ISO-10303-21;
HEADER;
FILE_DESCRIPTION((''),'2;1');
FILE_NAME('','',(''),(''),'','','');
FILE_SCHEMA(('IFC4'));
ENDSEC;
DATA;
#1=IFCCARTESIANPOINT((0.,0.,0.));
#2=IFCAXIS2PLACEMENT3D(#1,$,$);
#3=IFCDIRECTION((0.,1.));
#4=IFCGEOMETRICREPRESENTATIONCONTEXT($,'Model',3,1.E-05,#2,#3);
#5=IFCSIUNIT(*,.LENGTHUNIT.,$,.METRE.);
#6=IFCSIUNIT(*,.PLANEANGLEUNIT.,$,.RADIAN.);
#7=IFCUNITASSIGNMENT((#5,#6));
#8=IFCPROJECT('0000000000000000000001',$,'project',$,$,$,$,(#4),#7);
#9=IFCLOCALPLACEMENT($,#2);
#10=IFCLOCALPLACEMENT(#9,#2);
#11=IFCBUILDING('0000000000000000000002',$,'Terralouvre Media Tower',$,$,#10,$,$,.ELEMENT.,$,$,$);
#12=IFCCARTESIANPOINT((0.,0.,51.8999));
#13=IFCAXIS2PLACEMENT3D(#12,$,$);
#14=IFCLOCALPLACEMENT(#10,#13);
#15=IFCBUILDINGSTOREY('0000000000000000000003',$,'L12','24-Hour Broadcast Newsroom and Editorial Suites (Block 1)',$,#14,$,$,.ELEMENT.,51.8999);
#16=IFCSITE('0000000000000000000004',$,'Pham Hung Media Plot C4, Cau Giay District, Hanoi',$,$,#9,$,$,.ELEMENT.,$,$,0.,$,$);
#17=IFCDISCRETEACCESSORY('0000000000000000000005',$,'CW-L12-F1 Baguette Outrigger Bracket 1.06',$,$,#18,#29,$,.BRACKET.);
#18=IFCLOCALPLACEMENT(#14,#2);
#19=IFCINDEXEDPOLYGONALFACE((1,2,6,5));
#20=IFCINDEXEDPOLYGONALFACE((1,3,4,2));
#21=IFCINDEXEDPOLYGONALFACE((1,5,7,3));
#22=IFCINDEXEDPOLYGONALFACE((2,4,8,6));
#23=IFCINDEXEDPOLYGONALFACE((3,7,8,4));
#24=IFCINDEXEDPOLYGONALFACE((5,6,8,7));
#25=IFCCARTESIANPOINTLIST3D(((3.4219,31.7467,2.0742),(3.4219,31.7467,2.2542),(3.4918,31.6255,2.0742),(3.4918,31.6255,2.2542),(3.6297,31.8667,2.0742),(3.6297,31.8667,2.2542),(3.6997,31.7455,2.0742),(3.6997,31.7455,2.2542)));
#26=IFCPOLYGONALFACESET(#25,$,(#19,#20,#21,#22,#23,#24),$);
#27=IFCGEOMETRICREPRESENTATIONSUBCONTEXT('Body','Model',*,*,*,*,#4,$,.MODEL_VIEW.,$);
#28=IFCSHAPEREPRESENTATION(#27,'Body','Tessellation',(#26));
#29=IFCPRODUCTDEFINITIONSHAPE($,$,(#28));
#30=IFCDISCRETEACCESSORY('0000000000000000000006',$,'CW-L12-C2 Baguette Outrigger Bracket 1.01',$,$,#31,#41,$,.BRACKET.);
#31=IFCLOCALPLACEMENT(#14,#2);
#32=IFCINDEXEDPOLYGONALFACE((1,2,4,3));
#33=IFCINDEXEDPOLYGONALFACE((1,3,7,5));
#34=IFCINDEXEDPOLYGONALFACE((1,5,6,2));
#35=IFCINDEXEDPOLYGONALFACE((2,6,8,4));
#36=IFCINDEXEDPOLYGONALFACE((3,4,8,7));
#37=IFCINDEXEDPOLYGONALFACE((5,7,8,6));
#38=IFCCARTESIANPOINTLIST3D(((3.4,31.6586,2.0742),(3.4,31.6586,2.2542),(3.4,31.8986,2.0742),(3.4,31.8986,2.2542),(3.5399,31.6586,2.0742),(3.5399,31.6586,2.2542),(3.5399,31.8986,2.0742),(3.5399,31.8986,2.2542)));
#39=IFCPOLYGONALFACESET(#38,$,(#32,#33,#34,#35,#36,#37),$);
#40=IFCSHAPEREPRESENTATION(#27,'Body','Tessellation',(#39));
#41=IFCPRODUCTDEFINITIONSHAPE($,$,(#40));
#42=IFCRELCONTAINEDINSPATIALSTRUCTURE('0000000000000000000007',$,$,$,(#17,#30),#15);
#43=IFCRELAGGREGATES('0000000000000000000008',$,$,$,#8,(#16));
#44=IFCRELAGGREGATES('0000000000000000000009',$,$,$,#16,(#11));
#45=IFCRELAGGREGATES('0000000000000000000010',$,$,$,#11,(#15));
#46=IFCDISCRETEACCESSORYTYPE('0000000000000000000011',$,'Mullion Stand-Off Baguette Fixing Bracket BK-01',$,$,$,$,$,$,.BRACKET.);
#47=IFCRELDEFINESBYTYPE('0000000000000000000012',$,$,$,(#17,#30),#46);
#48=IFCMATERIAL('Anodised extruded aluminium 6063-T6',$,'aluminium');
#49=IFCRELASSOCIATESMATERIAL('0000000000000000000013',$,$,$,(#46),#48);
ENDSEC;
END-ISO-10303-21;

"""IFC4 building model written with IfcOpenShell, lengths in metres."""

from ifc_helpers import new_model, si_unit, direction, frame, origin, origin_2d, place, context, subcontext, project, spatial, rectangle, extrude, material, type_object, element, save


model = new_model("IFC4")

# Units and contexts
model_context = context("Model", 3, precision=1e-05, world=origin(), true_north=direction((0.0, 1.0)))
body_context = subcontext(model_context, "Body", "Model", "MODEL_VIEW")
ifc_project = project(units=[si_unit("LENGTHUNIT", "METRE"), si_unit("PLANEANGLEUNIT", "RADIAN")], contexts=[model_context])

# Site, building, storey
site_placement = place(None, origin())
site = spatial("IfcSite", under=ifc_project, at=site_placement, Name="Pham Hung Media Plot C4, Cau Giay District, Hanoi", CompositionType="ELEMENT", RefElevation=0.0)
building_placement = place(site_placement, origin())
building = spatial("IfcBuilding", under=site, at=building_placement, Name="Terralouvre Media Tower", CompositionType="ELEMENT")
storey_placement = place(building_placement, frame((0.0, 0.0, 51.8999)))
storey = spatial("IfcBuildingStorey", under=building, at=storey_placement, Name="L12", Description="24-Hour Broadcast Newsroom and Editorial Suites (Block 1)", CompositionType="ELEMENT", Elevation=51.8999)

# Discrete accessories
ifc_material_1 = material(Name="Anodised extruded aluminium 6063-T6", Category="aluminium")
discrete_accessory_type = type_object("IfcDiscreteAccessoryType", Name="Mullion Stand-Off Baguette Fixing Bracket BK-01", PredefinedType="BRACKET", material=ifc_material_1)
for number, where, z_axis, x_axis, name in (
    (1, (3.5608, 31.7461, 2.0742), (0.0, 0.0, 1.0), (-0.5, 0.866025, 0.0), "CW-L12-F1 Baguette Outrigger Bracket 1.06"),
    (2, (3.47, 31.7786, 2.0742), (0.0, 0.0, 1.0), (-1.0, 0.0, 0.0), "CW-L12-C2 Baguette Outrigger Bracket 1.01"),
):
    element("IfcDiscreteAccessory", number, at=place(storey_placement, frame(where, z_axis=z_axis, x_axis=x_axis)), inside=storey, type_object=discrete_accessory_type, Name=name, PredefinedType="BRACKET", context=body_context, shape_type="SweptSolid", body=[
        extrude(rectangle(XDim=0.1399, YDim=0.24, at=origin_2d()), origin(), (0.0, 0.0, 1.0), 0.1799),
    ])

save(model, "model.ifc")
